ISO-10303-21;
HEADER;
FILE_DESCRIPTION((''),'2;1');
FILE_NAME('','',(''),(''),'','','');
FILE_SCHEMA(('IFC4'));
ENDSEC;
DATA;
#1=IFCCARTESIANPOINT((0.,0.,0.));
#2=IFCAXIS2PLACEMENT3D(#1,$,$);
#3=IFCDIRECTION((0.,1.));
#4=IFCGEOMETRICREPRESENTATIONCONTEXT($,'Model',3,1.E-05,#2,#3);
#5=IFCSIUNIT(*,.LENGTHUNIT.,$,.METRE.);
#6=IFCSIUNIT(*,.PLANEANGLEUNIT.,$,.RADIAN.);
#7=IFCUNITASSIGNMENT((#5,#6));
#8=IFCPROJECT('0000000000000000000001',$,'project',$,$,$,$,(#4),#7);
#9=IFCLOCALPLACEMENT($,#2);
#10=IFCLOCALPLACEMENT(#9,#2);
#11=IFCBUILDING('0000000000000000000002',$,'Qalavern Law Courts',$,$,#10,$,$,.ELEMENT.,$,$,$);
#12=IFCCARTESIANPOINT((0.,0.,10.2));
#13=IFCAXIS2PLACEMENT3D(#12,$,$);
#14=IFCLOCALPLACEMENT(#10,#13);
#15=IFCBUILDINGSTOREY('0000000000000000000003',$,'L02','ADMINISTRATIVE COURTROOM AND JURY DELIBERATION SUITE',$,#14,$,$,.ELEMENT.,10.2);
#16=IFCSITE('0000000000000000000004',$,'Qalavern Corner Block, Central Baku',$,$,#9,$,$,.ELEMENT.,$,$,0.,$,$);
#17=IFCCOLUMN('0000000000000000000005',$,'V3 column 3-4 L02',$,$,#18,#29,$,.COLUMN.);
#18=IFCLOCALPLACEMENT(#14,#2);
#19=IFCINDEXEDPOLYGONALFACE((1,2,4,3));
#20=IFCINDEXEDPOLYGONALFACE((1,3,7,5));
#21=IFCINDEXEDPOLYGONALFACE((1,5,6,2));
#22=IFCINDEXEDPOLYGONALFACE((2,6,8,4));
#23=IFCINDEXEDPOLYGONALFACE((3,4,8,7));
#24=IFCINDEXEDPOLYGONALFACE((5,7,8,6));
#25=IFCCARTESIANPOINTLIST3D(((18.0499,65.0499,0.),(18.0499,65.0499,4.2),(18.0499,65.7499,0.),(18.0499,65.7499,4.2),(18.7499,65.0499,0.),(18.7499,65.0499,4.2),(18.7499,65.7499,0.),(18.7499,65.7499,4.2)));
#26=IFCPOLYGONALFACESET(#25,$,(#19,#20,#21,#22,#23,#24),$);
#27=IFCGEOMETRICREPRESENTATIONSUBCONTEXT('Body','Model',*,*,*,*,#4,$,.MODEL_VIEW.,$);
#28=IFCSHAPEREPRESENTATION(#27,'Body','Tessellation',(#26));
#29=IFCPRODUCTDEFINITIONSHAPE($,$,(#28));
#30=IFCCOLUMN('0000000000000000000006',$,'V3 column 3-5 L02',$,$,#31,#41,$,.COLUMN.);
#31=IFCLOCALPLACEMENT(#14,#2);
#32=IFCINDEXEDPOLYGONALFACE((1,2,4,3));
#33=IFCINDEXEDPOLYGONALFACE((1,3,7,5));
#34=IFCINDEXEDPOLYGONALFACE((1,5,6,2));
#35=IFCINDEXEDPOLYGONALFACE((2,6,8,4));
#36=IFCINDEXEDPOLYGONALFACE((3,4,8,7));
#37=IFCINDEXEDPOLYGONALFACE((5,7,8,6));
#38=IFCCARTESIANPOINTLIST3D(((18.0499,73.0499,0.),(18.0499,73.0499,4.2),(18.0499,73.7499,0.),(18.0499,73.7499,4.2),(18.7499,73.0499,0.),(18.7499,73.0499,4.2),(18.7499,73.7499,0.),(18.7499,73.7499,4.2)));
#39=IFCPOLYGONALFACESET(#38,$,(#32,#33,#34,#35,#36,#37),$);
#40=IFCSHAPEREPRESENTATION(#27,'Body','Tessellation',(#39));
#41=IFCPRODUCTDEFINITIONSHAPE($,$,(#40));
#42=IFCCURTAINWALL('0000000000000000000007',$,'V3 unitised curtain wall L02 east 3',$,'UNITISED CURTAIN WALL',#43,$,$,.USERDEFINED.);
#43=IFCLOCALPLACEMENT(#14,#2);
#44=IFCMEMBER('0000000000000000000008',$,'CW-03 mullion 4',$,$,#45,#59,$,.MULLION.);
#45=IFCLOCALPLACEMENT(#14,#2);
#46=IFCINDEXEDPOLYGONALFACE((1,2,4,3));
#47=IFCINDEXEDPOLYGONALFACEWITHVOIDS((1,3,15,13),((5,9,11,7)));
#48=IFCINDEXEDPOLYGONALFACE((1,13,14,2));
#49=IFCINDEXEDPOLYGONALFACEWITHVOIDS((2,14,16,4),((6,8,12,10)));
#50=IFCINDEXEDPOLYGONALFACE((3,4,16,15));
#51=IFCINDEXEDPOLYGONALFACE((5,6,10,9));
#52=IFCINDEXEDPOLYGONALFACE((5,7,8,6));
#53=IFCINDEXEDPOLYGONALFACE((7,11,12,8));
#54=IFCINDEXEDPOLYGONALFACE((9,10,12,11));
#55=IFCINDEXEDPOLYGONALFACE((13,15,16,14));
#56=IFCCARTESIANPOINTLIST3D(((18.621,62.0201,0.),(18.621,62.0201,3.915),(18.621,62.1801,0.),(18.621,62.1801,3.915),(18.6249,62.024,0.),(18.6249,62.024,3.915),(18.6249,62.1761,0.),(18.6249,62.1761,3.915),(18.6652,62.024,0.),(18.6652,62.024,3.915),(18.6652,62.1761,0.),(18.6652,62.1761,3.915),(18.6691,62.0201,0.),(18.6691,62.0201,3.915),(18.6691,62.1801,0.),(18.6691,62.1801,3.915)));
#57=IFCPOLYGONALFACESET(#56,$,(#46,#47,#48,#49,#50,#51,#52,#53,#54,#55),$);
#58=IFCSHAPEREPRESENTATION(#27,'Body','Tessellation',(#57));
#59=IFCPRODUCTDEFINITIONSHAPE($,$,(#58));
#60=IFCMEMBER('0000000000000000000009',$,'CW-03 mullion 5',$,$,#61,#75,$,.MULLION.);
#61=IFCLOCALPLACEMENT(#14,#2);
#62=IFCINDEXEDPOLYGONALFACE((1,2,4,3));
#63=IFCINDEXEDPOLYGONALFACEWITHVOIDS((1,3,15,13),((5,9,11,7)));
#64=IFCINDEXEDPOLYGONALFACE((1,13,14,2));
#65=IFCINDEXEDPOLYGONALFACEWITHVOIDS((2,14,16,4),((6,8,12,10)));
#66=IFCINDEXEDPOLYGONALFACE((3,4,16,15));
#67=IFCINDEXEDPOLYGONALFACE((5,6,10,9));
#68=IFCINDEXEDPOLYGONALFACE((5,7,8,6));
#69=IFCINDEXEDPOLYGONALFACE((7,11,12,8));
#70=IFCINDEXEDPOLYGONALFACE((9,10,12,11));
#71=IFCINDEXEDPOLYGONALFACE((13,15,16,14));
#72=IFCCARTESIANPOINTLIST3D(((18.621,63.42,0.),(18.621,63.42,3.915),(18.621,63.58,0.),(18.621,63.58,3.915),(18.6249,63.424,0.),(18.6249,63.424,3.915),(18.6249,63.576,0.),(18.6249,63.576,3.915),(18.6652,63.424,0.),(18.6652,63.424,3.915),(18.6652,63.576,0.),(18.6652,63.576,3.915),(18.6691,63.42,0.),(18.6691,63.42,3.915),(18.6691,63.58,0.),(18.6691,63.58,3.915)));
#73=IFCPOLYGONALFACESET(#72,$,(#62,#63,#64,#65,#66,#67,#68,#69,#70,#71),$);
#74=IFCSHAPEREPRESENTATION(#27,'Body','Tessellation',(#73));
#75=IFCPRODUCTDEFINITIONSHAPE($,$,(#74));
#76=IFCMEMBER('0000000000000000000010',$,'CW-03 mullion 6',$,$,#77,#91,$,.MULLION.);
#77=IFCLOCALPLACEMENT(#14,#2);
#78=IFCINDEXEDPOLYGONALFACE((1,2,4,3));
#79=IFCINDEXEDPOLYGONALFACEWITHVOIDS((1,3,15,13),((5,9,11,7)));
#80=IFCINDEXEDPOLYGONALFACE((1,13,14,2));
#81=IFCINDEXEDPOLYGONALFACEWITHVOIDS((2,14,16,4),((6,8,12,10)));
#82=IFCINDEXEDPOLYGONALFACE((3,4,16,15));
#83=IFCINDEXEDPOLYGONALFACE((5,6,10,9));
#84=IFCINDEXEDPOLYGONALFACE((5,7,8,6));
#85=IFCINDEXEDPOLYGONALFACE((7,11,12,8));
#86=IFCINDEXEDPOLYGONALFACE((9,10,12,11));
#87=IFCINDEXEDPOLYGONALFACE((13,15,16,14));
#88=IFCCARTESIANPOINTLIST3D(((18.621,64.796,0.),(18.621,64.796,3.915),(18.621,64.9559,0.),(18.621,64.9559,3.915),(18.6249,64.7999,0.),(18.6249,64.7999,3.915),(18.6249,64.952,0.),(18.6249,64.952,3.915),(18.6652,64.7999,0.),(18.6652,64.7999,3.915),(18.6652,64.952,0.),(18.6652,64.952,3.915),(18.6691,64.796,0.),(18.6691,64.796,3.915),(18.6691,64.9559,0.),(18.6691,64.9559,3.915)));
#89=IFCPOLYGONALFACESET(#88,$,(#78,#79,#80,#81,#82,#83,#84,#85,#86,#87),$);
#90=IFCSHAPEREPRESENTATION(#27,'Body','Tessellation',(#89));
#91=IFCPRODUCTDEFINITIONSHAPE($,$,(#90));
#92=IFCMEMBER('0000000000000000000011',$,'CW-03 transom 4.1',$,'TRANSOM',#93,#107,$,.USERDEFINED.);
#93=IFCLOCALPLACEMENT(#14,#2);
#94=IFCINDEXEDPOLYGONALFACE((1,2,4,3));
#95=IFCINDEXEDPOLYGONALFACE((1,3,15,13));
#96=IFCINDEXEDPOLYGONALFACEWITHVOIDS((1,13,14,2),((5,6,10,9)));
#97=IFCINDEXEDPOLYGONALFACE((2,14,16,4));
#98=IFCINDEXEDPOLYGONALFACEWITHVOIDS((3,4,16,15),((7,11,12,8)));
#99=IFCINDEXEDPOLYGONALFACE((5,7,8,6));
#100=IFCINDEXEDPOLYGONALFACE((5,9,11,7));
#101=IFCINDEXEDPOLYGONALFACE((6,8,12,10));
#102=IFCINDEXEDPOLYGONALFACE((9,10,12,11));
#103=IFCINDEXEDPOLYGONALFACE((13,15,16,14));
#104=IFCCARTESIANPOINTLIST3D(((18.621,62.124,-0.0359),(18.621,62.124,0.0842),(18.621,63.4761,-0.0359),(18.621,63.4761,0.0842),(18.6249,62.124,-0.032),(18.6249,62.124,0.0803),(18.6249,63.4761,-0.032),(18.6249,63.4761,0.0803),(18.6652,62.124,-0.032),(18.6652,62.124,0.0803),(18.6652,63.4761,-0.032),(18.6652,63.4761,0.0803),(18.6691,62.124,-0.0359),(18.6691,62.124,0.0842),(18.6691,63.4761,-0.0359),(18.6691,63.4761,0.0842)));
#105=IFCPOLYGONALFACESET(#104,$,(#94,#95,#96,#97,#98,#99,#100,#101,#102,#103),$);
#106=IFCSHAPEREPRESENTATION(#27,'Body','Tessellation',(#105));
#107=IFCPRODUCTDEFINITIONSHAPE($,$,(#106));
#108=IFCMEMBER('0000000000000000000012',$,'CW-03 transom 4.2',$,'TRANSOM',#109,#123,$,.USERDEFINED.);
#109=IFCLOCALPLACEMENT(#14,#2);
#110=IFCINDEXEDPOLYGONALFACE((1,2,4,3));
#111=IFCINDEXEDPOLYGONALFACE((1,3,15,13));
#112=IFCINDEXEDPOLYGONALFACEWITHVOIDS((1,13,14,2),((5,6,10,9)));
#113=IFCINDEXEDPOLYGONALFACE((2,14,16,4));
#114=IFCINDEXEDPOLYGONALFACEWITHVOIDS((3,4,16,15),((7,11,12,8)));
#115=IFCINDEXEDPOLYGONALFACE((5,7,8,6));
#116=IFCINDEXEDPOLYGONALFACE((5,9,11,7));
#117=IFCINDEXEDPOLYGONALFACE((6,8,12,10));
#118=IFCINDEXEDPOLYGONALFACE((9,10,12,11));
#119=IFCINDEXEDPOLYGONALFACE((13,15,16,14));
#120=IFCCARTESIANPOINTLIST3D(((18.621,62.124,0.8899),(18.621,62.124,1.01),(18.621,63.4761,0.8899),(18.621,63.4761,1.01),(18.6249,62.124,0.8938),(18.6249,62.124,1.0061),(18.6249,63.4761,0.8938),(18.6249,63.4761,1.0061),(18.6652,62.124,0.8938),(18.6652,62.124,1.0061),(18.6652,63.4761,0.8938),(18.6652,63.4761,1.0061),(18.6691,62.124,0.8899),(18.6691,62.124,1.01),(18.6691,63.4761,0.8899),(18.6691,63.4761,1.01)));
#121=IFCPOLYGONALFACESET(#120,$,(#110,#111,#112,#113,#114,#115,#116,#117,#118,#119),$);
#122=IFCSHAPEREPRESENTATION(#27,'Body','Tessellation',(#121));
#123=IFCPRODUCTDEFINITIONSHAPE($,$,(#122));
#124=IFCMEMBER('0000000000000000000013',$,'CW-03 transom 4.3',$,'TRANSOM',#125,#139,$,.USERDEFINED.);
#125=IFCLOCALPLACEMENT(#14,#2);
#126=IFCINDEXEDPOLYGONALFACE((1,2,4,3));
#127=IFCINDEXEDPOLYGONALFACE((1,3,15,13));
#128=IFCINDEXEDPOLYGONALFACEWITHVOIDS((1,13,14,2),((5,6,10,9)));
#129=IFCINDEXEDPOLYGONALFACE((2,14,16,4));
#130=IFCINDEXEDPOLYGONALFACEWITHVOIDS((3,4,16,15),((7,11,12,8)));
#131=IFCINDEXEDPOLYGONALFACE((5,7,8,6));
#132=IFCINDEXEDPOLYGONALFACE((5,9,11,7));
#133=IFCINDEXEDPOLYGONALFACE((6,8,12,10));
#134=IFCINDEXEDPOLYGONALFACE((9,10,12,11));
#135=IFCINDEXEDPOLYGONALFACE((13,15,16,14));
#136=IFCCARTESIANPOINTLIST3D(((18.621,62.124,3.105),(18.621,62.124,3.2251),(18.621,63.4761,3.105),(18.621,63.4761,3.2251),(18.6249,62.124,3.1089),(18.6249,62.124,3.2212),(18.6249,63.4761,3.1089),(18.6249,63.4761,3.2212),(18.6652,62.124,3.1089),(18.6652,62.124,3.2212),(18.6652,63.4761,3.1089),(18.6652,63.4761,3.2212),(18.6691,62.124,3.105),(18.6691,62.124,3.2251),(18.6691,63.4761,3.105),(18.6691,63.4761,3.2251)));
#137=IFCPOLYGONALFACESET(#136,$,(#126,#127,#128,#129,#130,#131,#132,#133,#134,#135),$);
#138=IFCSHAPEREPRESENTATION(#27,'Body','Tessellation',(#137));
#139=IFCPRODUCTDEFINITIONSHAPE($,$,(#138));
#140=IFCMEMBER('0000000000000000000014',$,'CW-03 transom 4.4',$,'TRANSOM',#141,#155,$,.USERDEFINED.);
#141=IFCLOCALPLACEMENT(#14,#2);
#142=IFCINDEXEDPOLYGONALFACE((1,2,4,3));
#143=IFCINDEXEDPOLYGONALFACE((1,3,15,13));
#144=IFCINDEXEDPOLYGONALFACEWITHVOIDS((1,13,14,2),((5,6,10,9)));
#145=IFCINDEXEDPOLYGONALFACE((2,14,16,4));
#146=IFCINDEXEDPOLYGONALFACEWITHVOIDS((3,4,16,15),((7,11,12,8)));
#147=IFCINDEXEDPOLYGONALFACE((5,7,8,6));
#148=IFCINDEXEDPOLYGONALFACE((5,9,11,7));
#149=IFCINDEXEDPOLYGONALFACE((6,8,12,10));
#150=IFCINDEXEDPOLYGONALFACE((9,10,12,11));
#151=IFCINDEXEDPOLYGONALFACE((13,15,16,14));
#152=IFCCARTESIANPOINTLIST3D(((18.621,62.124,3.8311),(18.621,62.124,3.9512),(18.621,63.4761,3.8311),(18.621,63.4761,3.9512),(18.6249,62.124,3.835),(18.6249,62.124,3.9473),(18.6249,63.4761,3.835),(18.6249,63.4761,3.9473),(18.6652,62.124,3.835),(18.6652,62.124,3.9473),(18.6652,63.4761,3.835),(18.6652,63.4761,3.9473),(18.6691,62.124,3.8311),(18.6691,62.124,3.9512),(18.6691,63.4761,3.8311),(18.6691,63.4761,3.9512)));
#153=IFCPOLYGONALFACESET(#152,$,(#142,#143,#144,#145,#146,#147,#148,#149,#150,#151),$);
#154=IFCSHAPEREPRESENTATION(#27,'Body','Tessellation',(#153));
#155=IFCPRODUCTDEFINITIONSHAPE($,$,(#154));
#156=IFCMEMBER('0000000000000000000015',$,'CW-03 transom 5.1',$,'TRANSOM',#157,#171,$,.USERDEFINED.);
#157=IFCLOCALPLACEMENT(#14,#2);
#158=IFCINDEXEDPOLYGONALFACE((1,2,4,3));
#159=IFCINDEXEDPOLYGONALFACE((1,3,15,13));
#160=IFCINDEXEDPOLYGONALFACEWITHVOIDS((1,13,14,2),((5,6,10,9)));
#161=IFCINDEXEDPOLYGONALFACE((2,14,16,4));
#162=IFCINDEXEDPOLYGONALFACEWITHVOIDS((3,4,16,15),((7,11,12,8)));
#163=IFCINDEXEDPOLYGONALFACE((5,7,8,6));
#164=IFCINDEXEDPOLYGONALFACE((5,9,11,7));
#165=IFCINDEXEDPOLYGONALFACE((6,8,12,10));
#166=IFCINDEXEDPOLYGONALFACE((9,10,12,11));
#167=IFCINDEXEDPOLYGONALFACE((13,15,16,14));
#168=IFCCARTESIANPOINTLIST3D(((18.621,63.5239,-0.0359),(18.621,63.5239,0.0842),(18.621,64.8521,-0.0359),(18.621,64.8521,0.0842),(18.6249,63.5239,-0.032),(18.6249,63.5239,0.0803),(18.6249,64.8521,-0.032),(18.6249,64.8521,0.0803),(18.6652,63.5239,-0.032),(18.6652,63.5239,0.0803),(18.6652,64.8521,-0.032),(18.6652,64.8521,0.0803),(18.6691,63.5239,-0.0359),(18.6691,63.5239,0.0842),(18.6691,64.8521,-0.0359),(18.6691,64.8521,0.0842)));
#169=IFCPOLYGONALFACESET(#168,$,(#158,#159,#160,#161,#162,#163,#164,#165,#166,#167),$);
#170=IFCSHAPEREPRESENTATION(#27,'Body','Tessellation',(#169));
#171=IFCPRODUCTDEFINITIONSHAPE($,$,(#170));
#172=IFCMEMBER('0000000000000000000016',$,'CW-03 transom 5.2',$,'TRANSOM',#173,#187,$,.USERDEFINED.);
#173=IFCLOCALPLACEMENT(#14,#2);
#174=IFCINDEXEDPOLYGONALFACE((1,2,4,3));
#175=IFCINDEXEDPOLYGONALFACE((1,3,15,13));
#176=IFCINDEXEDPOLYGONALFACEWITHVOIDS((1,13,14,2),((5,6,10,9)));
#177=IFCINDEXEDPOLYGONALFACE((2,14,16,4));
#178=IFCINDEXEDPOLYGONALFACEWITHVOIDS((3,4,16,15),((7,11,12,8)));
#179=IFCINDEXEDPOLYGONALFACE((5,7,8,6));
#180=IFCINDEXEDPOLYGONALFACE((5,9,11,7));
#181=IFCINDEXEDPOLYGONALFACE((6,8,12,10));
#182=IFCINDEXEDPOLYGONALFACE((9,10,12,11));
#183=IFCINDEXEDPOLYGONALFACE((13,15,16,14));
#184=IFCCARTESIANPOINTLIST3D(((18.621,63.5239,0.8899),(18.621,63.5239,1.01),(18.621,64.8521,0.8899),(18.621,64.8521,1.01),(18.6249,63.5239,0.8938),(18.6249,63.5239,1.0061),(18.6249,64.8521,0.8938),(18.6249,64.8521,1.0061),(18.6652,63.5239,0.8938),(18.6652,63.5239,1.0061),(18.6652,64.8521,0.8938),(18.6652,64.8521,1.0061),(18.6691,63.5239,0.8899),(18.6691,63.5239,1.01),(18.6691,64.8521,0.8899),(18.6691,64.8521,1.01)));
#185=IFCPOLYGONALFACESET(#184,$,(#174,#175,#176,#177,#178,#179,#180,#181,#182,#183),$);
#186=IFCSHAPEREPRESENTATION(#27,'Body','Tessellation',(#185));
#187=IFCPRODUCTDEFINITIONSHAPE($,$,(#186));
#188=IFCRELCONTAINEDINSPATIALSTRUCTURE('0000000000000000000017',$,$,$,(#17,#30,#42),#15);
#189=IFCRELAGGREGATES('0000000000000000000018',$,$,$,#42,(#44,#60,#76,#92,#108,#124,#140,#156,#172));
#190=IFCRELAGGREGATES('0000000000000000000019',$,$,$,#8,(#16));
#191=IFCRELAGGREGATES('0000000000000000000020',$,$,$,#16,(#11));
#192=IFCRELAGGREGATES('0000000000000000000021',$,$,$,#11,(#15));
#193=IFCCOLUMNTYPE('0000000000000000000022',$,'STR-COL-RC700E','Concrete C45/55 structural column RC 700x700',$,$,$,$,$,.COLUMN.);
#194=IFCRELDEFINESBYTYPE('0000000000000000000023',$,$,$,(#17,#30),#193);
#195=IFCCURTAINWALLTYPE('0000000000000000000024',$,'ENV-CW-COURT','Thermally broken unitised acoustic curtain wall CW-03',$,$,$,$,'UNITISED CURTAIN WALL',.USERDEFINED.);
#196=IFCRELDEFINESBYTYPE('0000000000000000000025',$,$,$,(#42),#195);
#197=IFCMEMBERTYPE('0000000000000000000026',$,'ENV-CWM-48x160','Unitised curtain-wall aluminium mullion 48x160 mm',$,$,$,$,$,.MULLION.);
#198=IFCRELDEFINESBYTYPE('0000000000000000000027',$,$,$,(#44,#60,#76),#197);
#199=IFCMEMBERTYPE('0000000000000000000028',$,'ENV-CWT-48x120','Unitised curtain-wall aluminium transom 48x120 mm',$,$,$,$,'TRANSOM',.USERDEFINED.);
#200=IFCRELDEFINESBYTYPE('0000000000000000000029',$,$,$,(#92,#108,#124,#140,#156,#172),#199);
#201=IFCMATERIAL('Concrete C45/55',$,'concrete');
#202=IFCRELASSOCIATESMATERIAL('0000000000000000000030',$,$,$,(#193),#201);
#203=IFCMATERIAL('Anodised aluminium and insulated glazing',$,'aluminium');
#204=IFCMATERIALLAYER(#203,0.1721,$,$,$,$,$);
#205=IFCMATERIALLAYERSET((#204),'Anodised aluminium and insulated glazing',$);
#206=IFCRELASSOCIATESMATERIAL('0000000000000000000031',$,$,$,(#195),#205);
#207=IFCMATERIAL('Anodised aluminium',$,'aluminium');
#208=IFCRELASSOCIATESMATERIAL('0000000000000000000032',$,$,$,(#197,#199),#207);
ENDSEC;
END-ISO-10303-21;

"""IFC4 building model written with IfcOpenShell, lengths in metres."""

from ifc_helpers import new_model, si_unit, direction, frame, origin, origin_2d, place, context, subcontext, project, spatial, rectangle, hollow_rectangle, extrude, material, layer, layer_set, material_profile, profile_set, type_object, element, aggregate, save


model = new_model("IFC4")

# Units and contexts
model_context = context("Model", 3, precision=1e-05, world=origin(), true_north=direction((0.0, 1.0)))
body_context = subcontext(model_context, "Body", "Model", "MODEL_VIEW")
ifc_project = project(units=[si_unit("LENGTHUNIT", "METRE"), si_unit("PLANEANGLEUNIT", "RADIAN")], contexts=[model_context])

# Site, building, storey
site_placement = place(None, origin())
site = spatial("IfcSite", under=ifc_project, at=site_placement, Name="Qalavern Corner Block, Central Baku", CompositionType="ELEMENT", RefElevation=0.0)
building_placement = place(site_placement, origin())
building = spatial("IfcBuilding", under=site, at=building_placement, Name="Qalavern Law Courts", CompositionType="ELEMENT")
storey_placement = place(building_placement, frame((0.0, 0.0, 10.2)))
storey = spatial("IfcBuildingStorey", under=building, at=storey_placement, Name="L02", Description="ADMINISTRATIVE COURTROOM AND JURY DELIBERATION SUITE", CompositionType="ELEMENT", Elevation=10.2)

# Columns
ifc_material_1 = material(Name="Concrete C45/55", Category="concrete")
ifc_material_profile_1 = material_profile(ifc_material_1, rectangle(XDim=0.7, YDim=0.7, at=origin_2d()), Name="RC 700x700")
ifc_profile_set_1 = profile_set([ifc_material_profile_1], Name="Concrete C45/55")
column_type = type_object("IfcColumnType", Name="STR-COL-RC700E", Description="Concrete C45/55 structural column RC 700x700", PredefinedType="COLUMN", material=ifc_profile_set_1)
for number, where, z_axis, x_axis, name in (
    (1, (18.3999, 65.3999, 0.0), (0.0, 0.0, 1.0), (1.0, 0.0, 0.0), "V3 column 3-4 L02"),
    (2, (18.3999, 73.3999, 0.0), (0.0, 0.0, 1.0), (1.0, 0.0, 0.0), "V3 column 3-5 L02"),
):
    element("IfcColumn", number, at=place(storey_placement, frame(where, z_axis=z_axis, x_axis=x_axis)), inside=storey, type_object=column_type, Name=name, PredefinedType="COLUMN", context=body_context, shape_type="SweptSolid", body=[
        extrude(rectangle(XDim=0.7, YDim=0.7, at=origin_2d()), origin(), (0.0, 0.0, 1.0), 4.2),
    ])

# Curtain wall, members
ifc_material_2 = material(Name="Anodised aluminium and insulated glazing", Category="aluminium")
ifc_layer_1 = layer(ifc_material_2, 0.1721)
ifc_layer_set_1 = layer_set([ifc_layer_1], Name="Anodised aluminium and insulated glazing")
curtain_wall_type = type_object("IfcCurtainWallType", Name="ENV-CW-COURT", Description="Thermally broken unitised acoustic curtain wall CW-03", ElementType="UNITISED CURTAIN WALL", PredefinedType="USERDEFINED", material=ifc_layer_set_1)
curtain_wall_placement = place(storey_placement, origin())
curtain_wall = element("IfcCurtainWall", 3, at=curtain_wall_placement, inside=storey, type_object=curtain_wall_type, Name="V3 unitised curtain wall L02 east 3", ObjectType="UNITISED CURTAIN WALL", PredefinedType="USERDEFINED")
ifc_material_3 = material(Name="Anodised aluminium", Category="aluminium")
ifc_material_profile_2 = material_profile(ifc_material_3, hollow_rectangle(XDim=0.0481, YDim=0.1599, WallThickness=0.0039, at=origin_2d()), Name="ALU MULLION 48x160")
ifc_profile_set_2 = profile_set([ifc_material_profile_2], Name="Anodised aluminium")
member_type_1 = type_object("IfcMemberType", Name="ENV-CWM-48x160", Description="Unitised curtain-wall aluminium mullion 48x160 mm", PredefinedType="MULLION", material=ifc_profile_set_2)
member_1_placement = place(storey_placement, frame((18.645, 62.1001, 0.0), z_axis=(0.0, 0.0, 1.0), x_axis=(-1.0, 0.0, 0.0)))
member_1 = element("IfcMember", 4, at=member_1_placement, type_object=member_type_1, Name="CW-03 mullion 4", PredefinedType="MULLION", context=body_context, shape_type="SweptSolid", body=[
    extrude(hollow_rectangle(XDim=0.0481, YDim=0.1599, WallThickness=0.0039, at=origin_2d()), origin(), (0.0, 0.0, 1.0), 3.915),
])
member_2_placement = place(storey_placement, frame((18.645, 63.5, 0.0), z_axis=(0.0, 0.0, 1.0), x_axis=(-1.0, 0.0, 0.0)))
member_2 = element("IfcMember", 5, at=member_2_placement, type_object=member_type_1, Name="CW-03 mullion 5", PredefinedType="MULLION", context=body_context, shape_type="SweptSolid", body=[
    extrude(hollow_rectangle(XDim=0.0481, YDim=0.1599, WallThickness=0.0039, at=origin_2d()), origin(), (0.0, 0.0, 1.0), 3.915),
])
member_3_placement = place(storey_placement, frame((18.645, 64.876, 0.0), z_axis=(0.0, 0.0, 1.0), x_axis=(-1.0, 0.0, 0.0)))
member_3 = element("IfcMember", 6, at=member_3_placement, type_object=member_type_1, Name="CW-03 mullion 6", PredefinedType="MULLION", context=body_context, shape_type="SweptSolid", body=[
    extrude(hollow_rectangle(XDim=0.0481, YDim=0.1599, WallThickness=0.0039, at=origin_2d()), origin(), (0.0, 0.0, 1.0), 3.915),
])
ifc_material_profile_3 = material_profile(ifc_material_3, hollow_rectangle(XDim=0.0481, YDim=0.1201, WallThickness=0.0039, at=origin_2d()), Name="ALU TRANSOM 48x120")
ifc_profile_set_3 = profile_set([ifc_material_profile_3], Name="Anodised aluminium")
member_type_2 = type_object("IfcMemberType", Name="ENV-CWT-48x120", Description="Unitised curtain-wall aluminium transom 48x120 mm", ElementType="TRANSOM", PredefinedType="USERDEFINED", material=ifc_profile_set_3)
member_4_placement = place(storey_placement, frame((18.645, 62.124, 0.0242), z_axis=(0.0, 1.0, 0.0), x_axis=(-1.0, 0.0, 0.0)))
member_4 = element("IfcMember", 7, at=member_4_placement, type_object=member_type_2, Name="CW-03 transom 4.1", ObjectType="TRANSOM", PredefinedType="USERDEFINED", context=body_context, shape_type="SweptSolid", body=[
    extrude(hollow_rectangle(XDim=0.0481, YDim=0.1201, WallThickness=0.0039, at=origin_2d()), origin(), (0.0, 0.0, 1.0), 1.3521),
])
member_5_placement = place(storey_placement, frame((18.645, 62.124, 0.95), z_axis=(0.0, 1.0, 0.0), x_axis=(-1.0, 0.0, 0.0)))
member_5 = element("IfcMember", 8, at=member_5_placement, type_object=member_type_2, Name="CW-03 transom 4.2", ObjectType="TRANSOM", PredefinedType="USERDEFINED", context=body_context, shape_type="SweptSolid", body=[
    extrude(hollow_rectangle(XDim=0.0481, YDim=0.1201, WallThickness=0.0039, at=origin_2d()), origin(), (0.0, 0.0, 1.0), 1.3521),
])
member_6_placement = place(storey_placement, frame((18.645, 62.124, 3.165), z_axis=(0.0, 1.0, 0.0), x_axis=(-1.0, 0.0, 0.0)))
member_6 = element("IfcMember", 9, at=member_6_placement, type_object=member_type_2, Name="CW-03 transom 4.3", ObjectType="TRANSOM", PredefinedType="USERDEFINED", context=body_context, shape_type="SweptSolid", body=[
    extrude(hollow_rectangle(XDim=0.0481, YDim=0.1201, WallThickness=0.0039, at=origin_2d()), origin(), (0.0, 0.0, 1.0), 1.3521),
])
member_7_placement = place(storey_placement, frame((18.645, 62.124, 3.8911), z_axis=(0.0, 1.0, 0.0), x_axis=(-1.0, 0.0, 0.0)))
member_7 = element("IfcMember", 10, at=member_7_placement, type_object=member_type_2, Name="CW-03 transom 4.4", ObjectType="TRANSOM", PredefinedType="USERDEFINED", context=body_context, shape_type="SweptSolid", body=[
    extrude(hollow_rectangle(XDim=0.0481, YDim=0.1201, WallThickness=0.0039, at=origin_2d()), origin(), (0.0, 0.0, 1.0), 1.3521),
])
member_8_placement = place(storey_placement, frame((18.645, 63.5239, 0.0242), z_axis=(0.0, 1.0, 0.0), x_axis=(-1.0, 0.0, 0.0)))
member_8 = element("IfcMember", 11, at=member_8_placement, type_object=member_type_2, Name="CW-03 transom 5.1", ObjectType="TRANSOM", PredefinedType="USERDEFINED", context=body_context, shape_type="SweptSolid", body=[
    extrude(hollow_rectangle(XDim=0.0481, YDim=0.1201, WallThickness=0.0039, at=origin_2d()), origin(), (0.0, 0.0, 1.0), 1.3281),
])
member_9_placement = place(storey_placement, frame((18.645, 63.5239, 0.95), z_axis=(0.0, 1.0, 0.0), x_axis=(-1.0, 0.0, 0.0)))
member_9 = element("IfcMember", 12, at=member_9_placement, type_object=member_type_2, Name="CW-03 transom 5.2", ObjectType="TRANSOM", PredefinedType="USERDEFINED", context=body_context, shape_type="SweptSolid", body=[
    extrude(hollow_rectangle(XDim=0.0481, YDim=0.1201, WallThickness=0.0039, at=origin_2d()), origin(), (0.0, 0.0, 1.0), 1.3281),
])

aggregate(curtain_wall, [member_1, member_2, member_3, member_4, member_5, member_6, member_7, member_8, member_9])

save(model, "model.ifc")
